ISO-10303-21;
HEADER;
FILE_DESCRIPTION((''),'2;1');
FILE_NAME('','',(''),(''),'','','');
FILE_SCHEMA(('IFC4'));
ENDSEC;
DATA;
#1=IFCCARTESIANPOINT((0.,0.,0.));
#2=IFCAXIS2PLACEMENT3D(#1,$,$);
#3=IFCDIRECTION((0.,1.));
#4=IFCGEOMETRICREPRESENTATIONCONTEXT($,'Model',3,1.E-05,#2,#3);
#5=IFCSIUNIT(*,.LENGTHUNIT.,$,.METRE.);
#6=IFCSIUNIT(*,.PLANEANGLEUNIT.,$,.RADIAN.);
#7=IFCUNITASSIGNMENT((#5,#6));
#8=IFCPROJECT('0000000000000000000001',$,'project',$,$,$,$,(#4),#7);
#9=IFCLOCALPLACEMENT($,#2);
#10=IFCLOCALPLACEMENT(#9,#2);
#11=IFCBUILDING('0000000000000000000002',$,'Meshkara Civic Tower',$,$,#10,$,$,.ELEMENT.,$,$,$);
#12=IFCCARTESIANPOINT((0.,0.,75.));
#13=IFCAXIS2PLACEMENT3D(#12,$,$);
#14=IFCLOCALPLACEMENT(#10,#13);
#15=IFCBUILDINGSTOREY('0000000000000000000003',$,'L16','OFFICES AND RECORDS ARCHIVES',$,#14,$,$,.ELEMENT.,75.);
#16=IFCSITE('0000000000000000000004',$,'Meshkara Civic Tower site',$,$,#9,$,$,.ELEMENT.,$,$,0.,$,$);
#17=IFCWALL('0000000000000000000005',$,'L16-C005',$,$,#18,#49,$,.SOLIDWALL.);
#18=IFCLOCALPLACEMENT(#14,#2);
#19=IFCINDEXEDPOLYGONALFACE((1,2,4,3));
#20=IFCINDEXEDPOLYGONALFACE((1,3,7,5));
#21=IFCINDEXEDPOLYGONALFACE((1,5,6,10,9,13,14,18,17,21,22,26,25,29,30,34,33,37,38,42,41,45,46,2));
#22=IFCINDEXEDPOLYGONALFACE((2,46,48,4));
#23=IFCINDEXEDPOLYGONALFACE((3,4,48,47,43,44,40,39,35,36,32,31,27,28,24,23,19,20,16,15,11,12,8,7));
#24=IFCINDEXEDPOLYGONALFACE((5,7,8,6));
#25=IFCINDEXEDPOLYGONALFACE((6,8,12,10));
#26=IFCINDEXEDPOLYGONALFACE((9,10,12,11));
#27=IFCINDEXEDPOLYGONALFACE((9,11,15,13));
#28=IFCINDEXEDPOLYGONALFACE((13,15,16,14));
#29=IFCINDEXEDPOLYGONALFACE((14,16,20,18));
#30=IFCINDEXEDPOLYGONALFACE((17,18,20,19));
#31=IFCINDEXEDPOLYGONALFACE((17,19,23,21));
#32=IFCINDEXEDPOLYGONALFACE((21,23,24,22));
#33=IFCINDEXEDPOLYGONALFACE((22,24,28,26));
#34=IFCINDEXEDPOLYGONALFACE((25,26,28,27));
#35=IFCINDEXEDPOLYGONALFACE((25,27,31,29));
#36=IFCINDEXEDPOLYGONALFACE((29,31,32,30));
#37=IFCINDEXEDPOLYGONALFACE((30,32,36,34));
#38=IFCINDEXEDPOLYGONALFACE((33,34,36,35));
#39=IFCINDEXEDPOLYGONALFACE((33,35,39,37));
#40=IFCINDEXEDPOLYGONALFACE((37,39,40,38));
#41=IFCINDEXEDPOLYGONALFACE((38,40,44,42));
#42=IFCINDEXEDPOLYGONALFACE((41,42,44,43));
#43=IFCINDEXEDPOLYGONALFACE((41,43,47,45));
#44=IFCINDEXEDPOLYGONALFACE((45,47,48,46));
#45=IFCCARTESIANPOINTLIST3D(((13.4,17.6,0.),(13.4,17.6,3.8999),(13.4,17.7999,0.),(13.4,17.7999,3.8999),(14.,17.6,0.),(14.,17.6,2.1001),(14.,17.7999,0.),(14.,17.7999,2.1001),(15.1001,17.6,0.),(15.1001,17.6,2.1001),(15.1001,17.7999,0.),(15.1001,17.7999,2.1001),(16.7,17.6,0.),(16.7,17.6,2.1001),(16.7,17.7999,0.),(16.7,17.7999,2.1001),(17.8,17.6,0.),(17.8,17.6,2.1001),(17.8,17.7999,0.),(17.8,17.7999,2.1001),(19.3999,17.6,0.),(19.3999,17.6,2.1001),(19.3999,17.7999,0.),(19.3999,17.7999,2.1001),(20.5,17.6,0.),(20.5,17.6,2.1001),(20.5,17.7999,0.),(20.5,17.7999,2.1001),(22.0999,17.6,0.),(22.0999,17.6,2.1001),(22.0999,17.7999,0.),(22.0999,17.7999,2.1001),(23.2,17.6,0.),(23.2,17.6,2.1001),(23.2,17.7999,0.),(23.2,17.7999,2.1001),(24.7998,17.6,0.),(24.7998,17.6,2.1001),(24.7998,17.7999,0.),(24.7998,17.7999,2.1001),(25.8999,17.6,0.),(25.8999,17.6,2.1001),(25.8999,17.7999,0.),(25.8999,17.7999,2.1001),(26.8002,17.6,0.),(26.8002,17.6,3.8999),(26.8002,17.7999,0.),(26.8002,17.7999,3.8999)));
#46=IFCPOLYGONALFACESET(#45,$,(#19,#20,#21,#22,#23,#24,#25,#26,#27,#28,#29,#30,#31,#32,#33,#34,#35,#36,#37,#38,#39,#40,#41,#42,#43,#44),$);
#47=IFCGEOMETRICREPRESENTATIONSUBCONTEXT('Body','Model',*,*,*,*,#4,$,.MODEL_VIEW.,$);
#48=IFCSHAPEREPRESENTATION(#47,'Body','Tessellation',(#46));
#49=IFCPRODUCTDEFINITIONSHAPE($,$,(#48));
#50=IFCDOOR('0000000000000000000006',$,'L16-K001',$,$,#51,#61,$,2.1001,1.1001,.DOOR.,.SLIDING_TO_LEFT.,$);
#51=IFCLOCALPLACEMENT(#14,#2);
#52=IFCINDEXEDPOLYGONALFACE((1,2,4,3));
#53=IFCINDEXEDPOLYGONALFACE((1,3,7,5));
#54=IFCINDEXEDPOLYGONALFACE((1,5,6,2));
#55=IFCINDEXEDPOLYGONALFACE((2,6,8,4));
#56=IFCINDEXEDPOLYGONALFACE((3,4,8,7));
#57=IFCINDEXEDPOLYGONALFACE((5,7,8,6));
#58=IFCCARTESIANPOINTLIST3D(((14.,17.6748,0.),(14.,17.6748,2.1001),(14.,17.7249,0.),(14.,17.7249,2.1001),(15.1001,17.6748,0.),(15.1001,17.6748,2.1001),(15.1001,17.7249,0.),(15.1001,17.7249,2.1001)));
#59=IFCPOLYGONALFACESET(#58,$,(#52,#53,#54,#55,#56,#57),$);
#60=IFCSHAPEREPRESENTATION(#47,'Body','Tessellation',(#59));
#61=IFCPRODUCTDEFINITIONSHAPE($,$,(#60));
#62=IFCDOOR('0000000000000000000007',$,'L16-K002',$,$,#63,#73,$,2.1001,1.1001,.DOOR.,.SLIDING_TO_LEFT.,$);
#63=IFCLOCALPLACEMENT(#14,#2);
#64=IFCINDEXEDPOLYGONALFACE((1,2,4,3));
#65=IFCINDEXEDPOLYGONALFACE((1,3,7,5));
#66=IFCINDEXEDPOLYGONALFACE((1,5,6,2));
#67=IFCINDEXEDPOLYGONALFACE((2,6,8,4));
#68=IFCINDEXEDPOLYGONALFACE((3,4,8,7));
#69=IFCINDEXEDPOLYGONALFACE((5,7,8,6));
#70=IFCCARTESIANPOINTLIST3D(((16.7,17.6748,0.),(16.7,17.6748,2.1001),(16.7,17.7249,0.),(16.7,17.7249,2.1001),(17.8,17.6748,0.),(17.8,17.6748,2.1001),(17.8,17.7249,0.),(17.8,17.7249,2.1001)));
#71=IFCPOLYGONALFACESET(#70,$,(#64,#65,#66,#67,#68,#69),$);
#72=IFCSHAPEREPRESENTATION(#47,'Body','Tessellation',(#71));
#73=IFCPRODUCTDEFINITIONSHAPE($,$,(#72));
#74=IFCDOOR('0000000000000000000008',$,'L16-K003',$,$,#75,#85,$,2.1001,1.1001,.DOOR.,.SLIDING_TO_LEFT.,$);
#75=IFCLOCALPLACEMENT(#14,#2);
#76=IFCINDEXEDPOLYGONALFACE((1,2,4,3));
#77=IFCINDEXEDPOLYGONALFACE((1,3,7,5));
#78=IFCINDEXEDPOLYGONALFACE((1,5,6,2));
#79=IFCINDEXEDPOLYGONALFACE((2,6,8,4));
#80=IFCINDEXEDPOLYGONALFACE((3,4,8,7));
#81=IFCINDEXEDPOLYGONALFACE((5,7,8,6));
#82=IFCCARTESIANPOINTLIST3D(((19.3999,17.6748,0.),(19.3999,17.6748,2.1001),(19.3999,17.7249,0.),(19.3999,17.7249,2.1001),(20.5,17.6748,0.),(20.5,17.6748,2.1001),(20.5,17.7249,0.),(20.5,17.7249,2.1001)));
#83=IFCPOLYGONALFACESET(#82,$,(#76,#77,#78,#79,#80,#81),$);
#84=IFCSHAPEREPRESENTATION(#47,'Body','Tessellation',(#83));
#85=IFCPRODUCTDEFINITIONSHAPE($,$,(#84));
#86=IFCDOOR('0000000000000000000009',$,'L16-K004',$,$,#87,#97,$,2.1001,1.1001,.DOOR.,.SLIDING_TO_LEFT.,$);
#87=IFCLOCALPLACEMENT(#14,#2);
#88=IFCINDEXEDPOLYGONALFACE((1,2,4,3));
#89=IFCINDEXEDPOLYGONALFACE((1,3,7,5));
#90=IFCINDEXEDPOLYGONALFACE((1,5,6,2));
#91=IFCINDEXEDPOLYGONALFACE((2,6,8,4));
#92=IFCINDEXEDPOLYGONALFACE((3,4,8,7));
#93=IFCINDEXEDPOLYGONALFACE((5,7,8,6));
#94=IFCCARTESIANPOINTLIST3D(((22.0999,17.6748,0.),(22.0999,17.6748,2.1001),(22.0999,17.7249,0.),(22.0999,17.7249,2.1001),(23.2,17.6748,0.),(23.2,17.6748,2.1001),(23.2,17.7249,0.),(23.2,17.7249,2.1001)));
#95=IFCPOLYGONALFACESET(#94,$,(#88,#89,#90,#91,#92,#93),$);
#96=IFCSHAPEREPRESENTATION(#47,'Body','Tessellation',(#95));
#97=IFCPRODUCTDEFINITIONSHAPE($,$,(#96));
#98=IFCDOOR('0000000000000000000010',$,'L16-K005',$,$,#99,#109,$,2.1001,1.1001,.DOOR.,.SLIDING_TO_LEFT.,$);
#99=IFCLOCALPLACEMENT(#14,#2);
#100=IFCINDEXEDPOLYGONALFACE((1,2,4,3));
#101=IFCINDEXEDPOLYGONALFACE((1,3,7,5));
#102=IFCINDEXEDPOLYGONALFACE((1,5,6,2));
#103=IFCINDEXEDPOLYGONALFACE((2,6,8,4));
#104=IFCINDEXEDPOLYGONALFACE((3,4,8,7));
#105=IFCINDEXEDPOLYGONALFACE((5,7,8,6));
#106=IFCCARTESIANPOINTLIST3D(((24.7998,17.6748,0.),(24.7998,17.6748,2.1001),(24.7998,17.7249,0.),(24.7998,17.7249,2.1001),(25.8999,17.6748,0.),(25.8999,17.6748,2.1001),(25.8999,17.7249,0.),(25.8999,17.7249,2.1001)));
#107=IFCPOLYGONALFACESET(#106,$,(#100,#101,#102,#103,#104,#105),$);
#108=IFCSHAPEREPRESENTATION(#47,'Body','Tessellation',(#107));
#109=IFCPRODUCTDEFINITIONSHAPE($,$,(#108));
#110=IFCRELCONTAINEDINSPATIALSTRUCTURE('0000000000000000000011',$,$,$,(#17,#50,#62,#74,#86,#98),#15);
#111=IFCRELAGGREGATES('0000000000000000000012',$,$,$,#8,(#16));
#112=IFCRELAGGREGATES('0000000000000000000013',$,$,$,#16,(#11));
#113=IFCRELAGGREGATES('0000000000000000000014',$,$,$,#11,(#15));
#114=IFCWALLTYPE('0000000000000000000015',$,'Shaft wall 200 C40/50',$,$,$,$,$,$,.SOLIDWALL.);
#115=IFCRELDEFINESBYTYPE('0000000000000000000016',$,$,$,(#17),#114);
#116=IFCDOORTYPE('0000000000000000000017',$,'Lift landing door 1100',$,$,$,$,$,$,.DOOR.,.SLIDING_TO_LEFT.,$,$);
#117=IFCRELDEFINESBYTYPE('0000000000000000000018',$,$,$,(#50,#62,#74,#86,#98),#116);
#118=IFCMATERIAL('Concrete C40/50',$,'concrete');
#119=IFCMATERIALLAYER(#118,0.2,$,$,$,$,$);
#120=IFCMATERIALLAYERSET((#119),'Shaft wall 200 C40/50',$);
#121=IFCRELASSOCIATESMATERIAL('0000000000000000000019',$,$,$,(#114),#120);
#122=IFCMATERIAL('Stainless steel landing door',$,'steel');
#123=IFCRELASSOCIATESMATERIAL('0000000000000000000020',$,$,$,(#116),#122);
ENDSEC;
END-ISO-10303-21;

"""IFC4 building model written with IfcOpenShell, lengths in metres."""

from ifc_helpers import new_model, si_unit, direction, frame, frame_2d, origin, place, context, subcontext, project, spatial, rectangle, extrude, material, layer, layer_set, type_object, element, fill, save


model = new_model("IFC4")

# Units and contexts
model_context = context("Model", 3, precision=1e-05, world=origin(), true_north=direction((0.0, 1.0)))
body_context = subcontext(model_context, "Body", "Model", "MODEL_VIEW")
ifc_project = project(units=[si_unit("LENGTHUNIT", "METRE"), si_unit("PLANEANGLEUNIT", "RADIAN")], contexts=[model_context])

# Site, building, storey
site_placement = place(None, origin())
site = spatial("IfcSite", under=ifc_project, at=site_placement, Name="Meshkara Civic Tower site", CompositionType="ELEMENT", RefElevation=0.0)
building_placement = place(site_placement, origin())
building = spatial("IfcBuilding", under=site, at=building_placement, Name="Meshkara Civic Tower", CompositionType="ELEMENT")
storey_placement = place(building_placement, frame((0.0, 0.0, 75.0)))
storey = spatial("IfcBuildingStorey", under=building, at=storey_placement, Name="L16", Description="OFFICES AND RECORDS ARCHIVES", CompositionType="ELEMENT", Elevation=75.0)

# Wall, openings, doors
ifc_material_1 = material(Name="Concrete C40/50", Category="concrete")
ifc_layer_1 = layer(ifc_material_1, 0.2)
ifc_layer_set_1 = layer_set([ifc_layer_1], Name="Shaft wall 200 C40/50")
wall_type_1 = type_object("IfcWallType", Name="Shaft wall 200 C40/50", PredefinedType="SOLIDWALL", material=ifc_layer_set_1)
wall_1_placement = place(storey_placement, frame((13.3999, 17.7, 0.0), z_axis=(0.0, 0.0, 1.0), x_axis=(1.0, 0.0, 0.0)))
wall_1 = element("IfcWall", 1, at=wall_1_placement, inside=storey, type_object=wall_type_1, Name="L16-C005", PredefinedType="SOLIDWALL", context=body_context, shape_type="SweptSolid", body=[
    extrude(rectangle(XDim=13.4001, YDim=0.2, at=frame_2d((6.7002, 0.0))), origin(), (0.0, 0.0, 1.0), 3.8999),
])
opening_1_placement = place(wall_1_placement, frame((0.6001, 0.0, 0.0)))
opening_1 = element("IfcOpeningElement", 2, at=opening_1_placement, cuts=wall_1, PredefinedType="OPENING", context=body_context, shape_type="SweptSolid", body=[
    extrude(rectangle(XDim=1.1001, YDim=2.1001, at=frame_2d((0.55, 1.05))), frame((0.0, 0.1099, 0.0), z_axis=(0.0, -1.0, 0.0), x_axis=(1.0, 0.0, 0.0)), (0.0, 0.0, 1.0), 0.22),
])
opening_2_placement = place(wall_1_placement, frame((3.3, 0.0, 0.0)))
opening_2 = element("IfcOpeningElement", 3, at=opening_2_placement, cuts=wall_1, PredefinedType="OPENING", context=body_context, shape_type="SweptSolid", body=[
    extrude(rectangle(XDim=1.1001, YDim=2.1001, at=frame_2d((0.55, 1.05))), frame((0.0, 0.1099, 0.0), z_axis=(0.0, -1.0, 0.0), x_axis=(1.0, 0.0, 0.0)), (0.0, 0.0, 1.0), 0.22),
])
opening_3_placement = place(wall_1_placement, frame((6.0, 0.0, 0.0)))
opening_3 = element("IfcOpeningElement", 4, at=opening_3_placement, cuts=wall_1, PredefinedType="OPENING", context=body_context, shape_type="SweptSolid", body=[
    extrude(rectangle(XDim=1.1001, YDim=2.1001, at=frame_2d((0.55, 1.05))), frame((0.0, 0.1099, 0.0), z_axis=(0.0, -1.0, 0.0), x_axis=(1.0, 0.0, 0.0)), (0.0, 0.0, 1.0), 0.22),
])
opening_4_placement = place(wall_1_placement, frame((8.7, 0.0, 0.0)))
opening_4 = element("IfcOpeningElement", 5, at=opening_4_placement, cuts=wall_1, PredefinedType="OPENING", context=body_context, shape_type="SweptSolid", body=[
    extrude(rectangle(XDim=1.1001, YDim=2.1001, at=frame_2d((0.55, 1.05))), frame((0.0, 0.1099, 0.0), z_axis=(0.0, -1.0, 0.0), x_axis=(1.0, 0.0, 0.0)), (0.0, 0.0, 1.0), 0.22),
])
opening_5_placement = place(wall_1_placement, frame((11.3999, 0.0, 0.0)))
opening_5 = element("IfcOpeningElement", 6, at=opening_5_placement, cuts=wall_1, PredefinedType="OPENING", context=body_context, shape_type="SweptSolid", body=[
    extrude(rectangle(XDim=1.1001, YDim=2.1001, at=frame_2d((0.55, 1.05))), frame((0.0, 0.1099, 0.0), z_axis=(0.0, -1.0, 0.0), x_axis=(1.0, 0.0, 0.0)), (0.0, 0.0, 1.0), 0.22),
])
ifc_material_2 = material(Name="Stainless steel landing door", Category="steel")
door_type_1 = type_object("IfcDoorType", Name="Lift landing door 1100", OperationType="SLIDING_TO_LEFT", PredefinedType="DOOR", material=ifc_material_2)
door_1_placement = place(opening_1_placement, origin())
door_1 = element("IfcDoor", 7, at=door_1_placement, inside=storey, type_object=door_type_1, Name="L16-K001", OperationType="SLIDING_TO_LEFT", OverallHeight=2.1001, OverallWidth=1.1001, PredefinedType="DOOR", context=body_context, shape_type="SweptSolid", body=[
    extrude(rectangle(XDim=1.1001, YDim=2.1001, at=frame_2d((0.55, 1.05))), frame((0.0, 0.0249, 0.0), z_axis=(0.0, -1.0, 0.0), x_axis=(1.0, 0.0, 0.0)), (0.0, 0.0, 1.0), 0.05),
])
fill(opening_1, door_1)
door_2_placement = place(opening_2_placement, origin())
door_2 = element("IfcDoor", 8, at=door_2_placement, inside=storey, type_object=door_type_1, Name="L16-K002", OperationType="SLIDING_TO_LEFT", OverallHeight=2.1001, OverallWidth=1.1001, PredefinedType="DOOR", context=body_context, shape_type="SweptSolid", body=[
    extrude(rectangle(XDim=1.1001, YDim=2.1001, at=frame_2d((0.55, 1.05))), frame((0.0, 0.0249, 0.0), z_axis=(0.0, -1.0, 0.0), x_axis=(1.0, 0.0, 0.0)), (0.0, 0.0, 1.0), 0.05),
])
fill(opening_2, door_2)
door_3_placement = place(opening_3_placement, origin())
door_3 = element("IfcDoor", 9, at=door_3_placement, inside=storey, type_object=door_type_1, Name="L16-K003", OperationType="SLIDING_TO_LEFT", OverallHeight=2.1001, OverallWidth=1.1001, PredefinedType="DOOR", context=body_context, shape_type="SweptSolid", body=[
    extrude(rectangle(XDim=1.1001, YDim=2.1001, at=frame_2d((0.55, 1.05))), frame((0.0, 0.0249, 0.0), z_axis=(0.0, -1.0, 0.0), x_axis=(1.0, 0.0, 0.0)), (0.0, 0.0, 1.0), 0.05),
])
fill(opening_3, door_3)
door_4_placement = place(opening_4_placement, origin())
door_4 = element("IfcDoor", 10, at=door_4_placement, inside=storey, type_object=door_type_1, Name="L16-K004", OperationType="SLIDING_TO_LEFT", OverallHeight=2.1001, OverallWidth=1.1001, PredefinedType="DOOR", context=body_context, shape_type="SweptSolid", body=[
    extrude(rectangle(XDim=1.1001, YDim=2.1001, at=frame_2d((0.55, 1.05))), frame((0.0, 0.0249, 0.0), z_axis=(0.0, -1.0, 0.0), x_axis=(1.0, 0.0, 0.0)), (0.0, 0.0, 1.0), 0.05),
])
fill(opening_4, door_4)
door_5_placement = place(opening_5_placement, origin())
door_5 = element("IfcDoor", 11, at=door_5_placement, inside=storey, type_object=door_type_1, Name="L16-K005", OperationType="SLIDING_TO_LEFT", OverallHeight=2.1001, OverallWidth=1.1001, PredefinedType="DOOR", context=body_context, shape_type="SweptSolid", body=[
    extrude(rectangle(XDim=1.1001, YDim=2.1001, at=frame_2d((0.55, 1.05))), frame((0.0, 0.0249, 0.0), z_axis=(0.0, -1.0, 0.0), x_axis=(1.0, 0.0, 0.0)), (0.0, 0.0, 1.0), 0.05),
])
fill(opening_5, door_5)

save(model, "model.ifc")
